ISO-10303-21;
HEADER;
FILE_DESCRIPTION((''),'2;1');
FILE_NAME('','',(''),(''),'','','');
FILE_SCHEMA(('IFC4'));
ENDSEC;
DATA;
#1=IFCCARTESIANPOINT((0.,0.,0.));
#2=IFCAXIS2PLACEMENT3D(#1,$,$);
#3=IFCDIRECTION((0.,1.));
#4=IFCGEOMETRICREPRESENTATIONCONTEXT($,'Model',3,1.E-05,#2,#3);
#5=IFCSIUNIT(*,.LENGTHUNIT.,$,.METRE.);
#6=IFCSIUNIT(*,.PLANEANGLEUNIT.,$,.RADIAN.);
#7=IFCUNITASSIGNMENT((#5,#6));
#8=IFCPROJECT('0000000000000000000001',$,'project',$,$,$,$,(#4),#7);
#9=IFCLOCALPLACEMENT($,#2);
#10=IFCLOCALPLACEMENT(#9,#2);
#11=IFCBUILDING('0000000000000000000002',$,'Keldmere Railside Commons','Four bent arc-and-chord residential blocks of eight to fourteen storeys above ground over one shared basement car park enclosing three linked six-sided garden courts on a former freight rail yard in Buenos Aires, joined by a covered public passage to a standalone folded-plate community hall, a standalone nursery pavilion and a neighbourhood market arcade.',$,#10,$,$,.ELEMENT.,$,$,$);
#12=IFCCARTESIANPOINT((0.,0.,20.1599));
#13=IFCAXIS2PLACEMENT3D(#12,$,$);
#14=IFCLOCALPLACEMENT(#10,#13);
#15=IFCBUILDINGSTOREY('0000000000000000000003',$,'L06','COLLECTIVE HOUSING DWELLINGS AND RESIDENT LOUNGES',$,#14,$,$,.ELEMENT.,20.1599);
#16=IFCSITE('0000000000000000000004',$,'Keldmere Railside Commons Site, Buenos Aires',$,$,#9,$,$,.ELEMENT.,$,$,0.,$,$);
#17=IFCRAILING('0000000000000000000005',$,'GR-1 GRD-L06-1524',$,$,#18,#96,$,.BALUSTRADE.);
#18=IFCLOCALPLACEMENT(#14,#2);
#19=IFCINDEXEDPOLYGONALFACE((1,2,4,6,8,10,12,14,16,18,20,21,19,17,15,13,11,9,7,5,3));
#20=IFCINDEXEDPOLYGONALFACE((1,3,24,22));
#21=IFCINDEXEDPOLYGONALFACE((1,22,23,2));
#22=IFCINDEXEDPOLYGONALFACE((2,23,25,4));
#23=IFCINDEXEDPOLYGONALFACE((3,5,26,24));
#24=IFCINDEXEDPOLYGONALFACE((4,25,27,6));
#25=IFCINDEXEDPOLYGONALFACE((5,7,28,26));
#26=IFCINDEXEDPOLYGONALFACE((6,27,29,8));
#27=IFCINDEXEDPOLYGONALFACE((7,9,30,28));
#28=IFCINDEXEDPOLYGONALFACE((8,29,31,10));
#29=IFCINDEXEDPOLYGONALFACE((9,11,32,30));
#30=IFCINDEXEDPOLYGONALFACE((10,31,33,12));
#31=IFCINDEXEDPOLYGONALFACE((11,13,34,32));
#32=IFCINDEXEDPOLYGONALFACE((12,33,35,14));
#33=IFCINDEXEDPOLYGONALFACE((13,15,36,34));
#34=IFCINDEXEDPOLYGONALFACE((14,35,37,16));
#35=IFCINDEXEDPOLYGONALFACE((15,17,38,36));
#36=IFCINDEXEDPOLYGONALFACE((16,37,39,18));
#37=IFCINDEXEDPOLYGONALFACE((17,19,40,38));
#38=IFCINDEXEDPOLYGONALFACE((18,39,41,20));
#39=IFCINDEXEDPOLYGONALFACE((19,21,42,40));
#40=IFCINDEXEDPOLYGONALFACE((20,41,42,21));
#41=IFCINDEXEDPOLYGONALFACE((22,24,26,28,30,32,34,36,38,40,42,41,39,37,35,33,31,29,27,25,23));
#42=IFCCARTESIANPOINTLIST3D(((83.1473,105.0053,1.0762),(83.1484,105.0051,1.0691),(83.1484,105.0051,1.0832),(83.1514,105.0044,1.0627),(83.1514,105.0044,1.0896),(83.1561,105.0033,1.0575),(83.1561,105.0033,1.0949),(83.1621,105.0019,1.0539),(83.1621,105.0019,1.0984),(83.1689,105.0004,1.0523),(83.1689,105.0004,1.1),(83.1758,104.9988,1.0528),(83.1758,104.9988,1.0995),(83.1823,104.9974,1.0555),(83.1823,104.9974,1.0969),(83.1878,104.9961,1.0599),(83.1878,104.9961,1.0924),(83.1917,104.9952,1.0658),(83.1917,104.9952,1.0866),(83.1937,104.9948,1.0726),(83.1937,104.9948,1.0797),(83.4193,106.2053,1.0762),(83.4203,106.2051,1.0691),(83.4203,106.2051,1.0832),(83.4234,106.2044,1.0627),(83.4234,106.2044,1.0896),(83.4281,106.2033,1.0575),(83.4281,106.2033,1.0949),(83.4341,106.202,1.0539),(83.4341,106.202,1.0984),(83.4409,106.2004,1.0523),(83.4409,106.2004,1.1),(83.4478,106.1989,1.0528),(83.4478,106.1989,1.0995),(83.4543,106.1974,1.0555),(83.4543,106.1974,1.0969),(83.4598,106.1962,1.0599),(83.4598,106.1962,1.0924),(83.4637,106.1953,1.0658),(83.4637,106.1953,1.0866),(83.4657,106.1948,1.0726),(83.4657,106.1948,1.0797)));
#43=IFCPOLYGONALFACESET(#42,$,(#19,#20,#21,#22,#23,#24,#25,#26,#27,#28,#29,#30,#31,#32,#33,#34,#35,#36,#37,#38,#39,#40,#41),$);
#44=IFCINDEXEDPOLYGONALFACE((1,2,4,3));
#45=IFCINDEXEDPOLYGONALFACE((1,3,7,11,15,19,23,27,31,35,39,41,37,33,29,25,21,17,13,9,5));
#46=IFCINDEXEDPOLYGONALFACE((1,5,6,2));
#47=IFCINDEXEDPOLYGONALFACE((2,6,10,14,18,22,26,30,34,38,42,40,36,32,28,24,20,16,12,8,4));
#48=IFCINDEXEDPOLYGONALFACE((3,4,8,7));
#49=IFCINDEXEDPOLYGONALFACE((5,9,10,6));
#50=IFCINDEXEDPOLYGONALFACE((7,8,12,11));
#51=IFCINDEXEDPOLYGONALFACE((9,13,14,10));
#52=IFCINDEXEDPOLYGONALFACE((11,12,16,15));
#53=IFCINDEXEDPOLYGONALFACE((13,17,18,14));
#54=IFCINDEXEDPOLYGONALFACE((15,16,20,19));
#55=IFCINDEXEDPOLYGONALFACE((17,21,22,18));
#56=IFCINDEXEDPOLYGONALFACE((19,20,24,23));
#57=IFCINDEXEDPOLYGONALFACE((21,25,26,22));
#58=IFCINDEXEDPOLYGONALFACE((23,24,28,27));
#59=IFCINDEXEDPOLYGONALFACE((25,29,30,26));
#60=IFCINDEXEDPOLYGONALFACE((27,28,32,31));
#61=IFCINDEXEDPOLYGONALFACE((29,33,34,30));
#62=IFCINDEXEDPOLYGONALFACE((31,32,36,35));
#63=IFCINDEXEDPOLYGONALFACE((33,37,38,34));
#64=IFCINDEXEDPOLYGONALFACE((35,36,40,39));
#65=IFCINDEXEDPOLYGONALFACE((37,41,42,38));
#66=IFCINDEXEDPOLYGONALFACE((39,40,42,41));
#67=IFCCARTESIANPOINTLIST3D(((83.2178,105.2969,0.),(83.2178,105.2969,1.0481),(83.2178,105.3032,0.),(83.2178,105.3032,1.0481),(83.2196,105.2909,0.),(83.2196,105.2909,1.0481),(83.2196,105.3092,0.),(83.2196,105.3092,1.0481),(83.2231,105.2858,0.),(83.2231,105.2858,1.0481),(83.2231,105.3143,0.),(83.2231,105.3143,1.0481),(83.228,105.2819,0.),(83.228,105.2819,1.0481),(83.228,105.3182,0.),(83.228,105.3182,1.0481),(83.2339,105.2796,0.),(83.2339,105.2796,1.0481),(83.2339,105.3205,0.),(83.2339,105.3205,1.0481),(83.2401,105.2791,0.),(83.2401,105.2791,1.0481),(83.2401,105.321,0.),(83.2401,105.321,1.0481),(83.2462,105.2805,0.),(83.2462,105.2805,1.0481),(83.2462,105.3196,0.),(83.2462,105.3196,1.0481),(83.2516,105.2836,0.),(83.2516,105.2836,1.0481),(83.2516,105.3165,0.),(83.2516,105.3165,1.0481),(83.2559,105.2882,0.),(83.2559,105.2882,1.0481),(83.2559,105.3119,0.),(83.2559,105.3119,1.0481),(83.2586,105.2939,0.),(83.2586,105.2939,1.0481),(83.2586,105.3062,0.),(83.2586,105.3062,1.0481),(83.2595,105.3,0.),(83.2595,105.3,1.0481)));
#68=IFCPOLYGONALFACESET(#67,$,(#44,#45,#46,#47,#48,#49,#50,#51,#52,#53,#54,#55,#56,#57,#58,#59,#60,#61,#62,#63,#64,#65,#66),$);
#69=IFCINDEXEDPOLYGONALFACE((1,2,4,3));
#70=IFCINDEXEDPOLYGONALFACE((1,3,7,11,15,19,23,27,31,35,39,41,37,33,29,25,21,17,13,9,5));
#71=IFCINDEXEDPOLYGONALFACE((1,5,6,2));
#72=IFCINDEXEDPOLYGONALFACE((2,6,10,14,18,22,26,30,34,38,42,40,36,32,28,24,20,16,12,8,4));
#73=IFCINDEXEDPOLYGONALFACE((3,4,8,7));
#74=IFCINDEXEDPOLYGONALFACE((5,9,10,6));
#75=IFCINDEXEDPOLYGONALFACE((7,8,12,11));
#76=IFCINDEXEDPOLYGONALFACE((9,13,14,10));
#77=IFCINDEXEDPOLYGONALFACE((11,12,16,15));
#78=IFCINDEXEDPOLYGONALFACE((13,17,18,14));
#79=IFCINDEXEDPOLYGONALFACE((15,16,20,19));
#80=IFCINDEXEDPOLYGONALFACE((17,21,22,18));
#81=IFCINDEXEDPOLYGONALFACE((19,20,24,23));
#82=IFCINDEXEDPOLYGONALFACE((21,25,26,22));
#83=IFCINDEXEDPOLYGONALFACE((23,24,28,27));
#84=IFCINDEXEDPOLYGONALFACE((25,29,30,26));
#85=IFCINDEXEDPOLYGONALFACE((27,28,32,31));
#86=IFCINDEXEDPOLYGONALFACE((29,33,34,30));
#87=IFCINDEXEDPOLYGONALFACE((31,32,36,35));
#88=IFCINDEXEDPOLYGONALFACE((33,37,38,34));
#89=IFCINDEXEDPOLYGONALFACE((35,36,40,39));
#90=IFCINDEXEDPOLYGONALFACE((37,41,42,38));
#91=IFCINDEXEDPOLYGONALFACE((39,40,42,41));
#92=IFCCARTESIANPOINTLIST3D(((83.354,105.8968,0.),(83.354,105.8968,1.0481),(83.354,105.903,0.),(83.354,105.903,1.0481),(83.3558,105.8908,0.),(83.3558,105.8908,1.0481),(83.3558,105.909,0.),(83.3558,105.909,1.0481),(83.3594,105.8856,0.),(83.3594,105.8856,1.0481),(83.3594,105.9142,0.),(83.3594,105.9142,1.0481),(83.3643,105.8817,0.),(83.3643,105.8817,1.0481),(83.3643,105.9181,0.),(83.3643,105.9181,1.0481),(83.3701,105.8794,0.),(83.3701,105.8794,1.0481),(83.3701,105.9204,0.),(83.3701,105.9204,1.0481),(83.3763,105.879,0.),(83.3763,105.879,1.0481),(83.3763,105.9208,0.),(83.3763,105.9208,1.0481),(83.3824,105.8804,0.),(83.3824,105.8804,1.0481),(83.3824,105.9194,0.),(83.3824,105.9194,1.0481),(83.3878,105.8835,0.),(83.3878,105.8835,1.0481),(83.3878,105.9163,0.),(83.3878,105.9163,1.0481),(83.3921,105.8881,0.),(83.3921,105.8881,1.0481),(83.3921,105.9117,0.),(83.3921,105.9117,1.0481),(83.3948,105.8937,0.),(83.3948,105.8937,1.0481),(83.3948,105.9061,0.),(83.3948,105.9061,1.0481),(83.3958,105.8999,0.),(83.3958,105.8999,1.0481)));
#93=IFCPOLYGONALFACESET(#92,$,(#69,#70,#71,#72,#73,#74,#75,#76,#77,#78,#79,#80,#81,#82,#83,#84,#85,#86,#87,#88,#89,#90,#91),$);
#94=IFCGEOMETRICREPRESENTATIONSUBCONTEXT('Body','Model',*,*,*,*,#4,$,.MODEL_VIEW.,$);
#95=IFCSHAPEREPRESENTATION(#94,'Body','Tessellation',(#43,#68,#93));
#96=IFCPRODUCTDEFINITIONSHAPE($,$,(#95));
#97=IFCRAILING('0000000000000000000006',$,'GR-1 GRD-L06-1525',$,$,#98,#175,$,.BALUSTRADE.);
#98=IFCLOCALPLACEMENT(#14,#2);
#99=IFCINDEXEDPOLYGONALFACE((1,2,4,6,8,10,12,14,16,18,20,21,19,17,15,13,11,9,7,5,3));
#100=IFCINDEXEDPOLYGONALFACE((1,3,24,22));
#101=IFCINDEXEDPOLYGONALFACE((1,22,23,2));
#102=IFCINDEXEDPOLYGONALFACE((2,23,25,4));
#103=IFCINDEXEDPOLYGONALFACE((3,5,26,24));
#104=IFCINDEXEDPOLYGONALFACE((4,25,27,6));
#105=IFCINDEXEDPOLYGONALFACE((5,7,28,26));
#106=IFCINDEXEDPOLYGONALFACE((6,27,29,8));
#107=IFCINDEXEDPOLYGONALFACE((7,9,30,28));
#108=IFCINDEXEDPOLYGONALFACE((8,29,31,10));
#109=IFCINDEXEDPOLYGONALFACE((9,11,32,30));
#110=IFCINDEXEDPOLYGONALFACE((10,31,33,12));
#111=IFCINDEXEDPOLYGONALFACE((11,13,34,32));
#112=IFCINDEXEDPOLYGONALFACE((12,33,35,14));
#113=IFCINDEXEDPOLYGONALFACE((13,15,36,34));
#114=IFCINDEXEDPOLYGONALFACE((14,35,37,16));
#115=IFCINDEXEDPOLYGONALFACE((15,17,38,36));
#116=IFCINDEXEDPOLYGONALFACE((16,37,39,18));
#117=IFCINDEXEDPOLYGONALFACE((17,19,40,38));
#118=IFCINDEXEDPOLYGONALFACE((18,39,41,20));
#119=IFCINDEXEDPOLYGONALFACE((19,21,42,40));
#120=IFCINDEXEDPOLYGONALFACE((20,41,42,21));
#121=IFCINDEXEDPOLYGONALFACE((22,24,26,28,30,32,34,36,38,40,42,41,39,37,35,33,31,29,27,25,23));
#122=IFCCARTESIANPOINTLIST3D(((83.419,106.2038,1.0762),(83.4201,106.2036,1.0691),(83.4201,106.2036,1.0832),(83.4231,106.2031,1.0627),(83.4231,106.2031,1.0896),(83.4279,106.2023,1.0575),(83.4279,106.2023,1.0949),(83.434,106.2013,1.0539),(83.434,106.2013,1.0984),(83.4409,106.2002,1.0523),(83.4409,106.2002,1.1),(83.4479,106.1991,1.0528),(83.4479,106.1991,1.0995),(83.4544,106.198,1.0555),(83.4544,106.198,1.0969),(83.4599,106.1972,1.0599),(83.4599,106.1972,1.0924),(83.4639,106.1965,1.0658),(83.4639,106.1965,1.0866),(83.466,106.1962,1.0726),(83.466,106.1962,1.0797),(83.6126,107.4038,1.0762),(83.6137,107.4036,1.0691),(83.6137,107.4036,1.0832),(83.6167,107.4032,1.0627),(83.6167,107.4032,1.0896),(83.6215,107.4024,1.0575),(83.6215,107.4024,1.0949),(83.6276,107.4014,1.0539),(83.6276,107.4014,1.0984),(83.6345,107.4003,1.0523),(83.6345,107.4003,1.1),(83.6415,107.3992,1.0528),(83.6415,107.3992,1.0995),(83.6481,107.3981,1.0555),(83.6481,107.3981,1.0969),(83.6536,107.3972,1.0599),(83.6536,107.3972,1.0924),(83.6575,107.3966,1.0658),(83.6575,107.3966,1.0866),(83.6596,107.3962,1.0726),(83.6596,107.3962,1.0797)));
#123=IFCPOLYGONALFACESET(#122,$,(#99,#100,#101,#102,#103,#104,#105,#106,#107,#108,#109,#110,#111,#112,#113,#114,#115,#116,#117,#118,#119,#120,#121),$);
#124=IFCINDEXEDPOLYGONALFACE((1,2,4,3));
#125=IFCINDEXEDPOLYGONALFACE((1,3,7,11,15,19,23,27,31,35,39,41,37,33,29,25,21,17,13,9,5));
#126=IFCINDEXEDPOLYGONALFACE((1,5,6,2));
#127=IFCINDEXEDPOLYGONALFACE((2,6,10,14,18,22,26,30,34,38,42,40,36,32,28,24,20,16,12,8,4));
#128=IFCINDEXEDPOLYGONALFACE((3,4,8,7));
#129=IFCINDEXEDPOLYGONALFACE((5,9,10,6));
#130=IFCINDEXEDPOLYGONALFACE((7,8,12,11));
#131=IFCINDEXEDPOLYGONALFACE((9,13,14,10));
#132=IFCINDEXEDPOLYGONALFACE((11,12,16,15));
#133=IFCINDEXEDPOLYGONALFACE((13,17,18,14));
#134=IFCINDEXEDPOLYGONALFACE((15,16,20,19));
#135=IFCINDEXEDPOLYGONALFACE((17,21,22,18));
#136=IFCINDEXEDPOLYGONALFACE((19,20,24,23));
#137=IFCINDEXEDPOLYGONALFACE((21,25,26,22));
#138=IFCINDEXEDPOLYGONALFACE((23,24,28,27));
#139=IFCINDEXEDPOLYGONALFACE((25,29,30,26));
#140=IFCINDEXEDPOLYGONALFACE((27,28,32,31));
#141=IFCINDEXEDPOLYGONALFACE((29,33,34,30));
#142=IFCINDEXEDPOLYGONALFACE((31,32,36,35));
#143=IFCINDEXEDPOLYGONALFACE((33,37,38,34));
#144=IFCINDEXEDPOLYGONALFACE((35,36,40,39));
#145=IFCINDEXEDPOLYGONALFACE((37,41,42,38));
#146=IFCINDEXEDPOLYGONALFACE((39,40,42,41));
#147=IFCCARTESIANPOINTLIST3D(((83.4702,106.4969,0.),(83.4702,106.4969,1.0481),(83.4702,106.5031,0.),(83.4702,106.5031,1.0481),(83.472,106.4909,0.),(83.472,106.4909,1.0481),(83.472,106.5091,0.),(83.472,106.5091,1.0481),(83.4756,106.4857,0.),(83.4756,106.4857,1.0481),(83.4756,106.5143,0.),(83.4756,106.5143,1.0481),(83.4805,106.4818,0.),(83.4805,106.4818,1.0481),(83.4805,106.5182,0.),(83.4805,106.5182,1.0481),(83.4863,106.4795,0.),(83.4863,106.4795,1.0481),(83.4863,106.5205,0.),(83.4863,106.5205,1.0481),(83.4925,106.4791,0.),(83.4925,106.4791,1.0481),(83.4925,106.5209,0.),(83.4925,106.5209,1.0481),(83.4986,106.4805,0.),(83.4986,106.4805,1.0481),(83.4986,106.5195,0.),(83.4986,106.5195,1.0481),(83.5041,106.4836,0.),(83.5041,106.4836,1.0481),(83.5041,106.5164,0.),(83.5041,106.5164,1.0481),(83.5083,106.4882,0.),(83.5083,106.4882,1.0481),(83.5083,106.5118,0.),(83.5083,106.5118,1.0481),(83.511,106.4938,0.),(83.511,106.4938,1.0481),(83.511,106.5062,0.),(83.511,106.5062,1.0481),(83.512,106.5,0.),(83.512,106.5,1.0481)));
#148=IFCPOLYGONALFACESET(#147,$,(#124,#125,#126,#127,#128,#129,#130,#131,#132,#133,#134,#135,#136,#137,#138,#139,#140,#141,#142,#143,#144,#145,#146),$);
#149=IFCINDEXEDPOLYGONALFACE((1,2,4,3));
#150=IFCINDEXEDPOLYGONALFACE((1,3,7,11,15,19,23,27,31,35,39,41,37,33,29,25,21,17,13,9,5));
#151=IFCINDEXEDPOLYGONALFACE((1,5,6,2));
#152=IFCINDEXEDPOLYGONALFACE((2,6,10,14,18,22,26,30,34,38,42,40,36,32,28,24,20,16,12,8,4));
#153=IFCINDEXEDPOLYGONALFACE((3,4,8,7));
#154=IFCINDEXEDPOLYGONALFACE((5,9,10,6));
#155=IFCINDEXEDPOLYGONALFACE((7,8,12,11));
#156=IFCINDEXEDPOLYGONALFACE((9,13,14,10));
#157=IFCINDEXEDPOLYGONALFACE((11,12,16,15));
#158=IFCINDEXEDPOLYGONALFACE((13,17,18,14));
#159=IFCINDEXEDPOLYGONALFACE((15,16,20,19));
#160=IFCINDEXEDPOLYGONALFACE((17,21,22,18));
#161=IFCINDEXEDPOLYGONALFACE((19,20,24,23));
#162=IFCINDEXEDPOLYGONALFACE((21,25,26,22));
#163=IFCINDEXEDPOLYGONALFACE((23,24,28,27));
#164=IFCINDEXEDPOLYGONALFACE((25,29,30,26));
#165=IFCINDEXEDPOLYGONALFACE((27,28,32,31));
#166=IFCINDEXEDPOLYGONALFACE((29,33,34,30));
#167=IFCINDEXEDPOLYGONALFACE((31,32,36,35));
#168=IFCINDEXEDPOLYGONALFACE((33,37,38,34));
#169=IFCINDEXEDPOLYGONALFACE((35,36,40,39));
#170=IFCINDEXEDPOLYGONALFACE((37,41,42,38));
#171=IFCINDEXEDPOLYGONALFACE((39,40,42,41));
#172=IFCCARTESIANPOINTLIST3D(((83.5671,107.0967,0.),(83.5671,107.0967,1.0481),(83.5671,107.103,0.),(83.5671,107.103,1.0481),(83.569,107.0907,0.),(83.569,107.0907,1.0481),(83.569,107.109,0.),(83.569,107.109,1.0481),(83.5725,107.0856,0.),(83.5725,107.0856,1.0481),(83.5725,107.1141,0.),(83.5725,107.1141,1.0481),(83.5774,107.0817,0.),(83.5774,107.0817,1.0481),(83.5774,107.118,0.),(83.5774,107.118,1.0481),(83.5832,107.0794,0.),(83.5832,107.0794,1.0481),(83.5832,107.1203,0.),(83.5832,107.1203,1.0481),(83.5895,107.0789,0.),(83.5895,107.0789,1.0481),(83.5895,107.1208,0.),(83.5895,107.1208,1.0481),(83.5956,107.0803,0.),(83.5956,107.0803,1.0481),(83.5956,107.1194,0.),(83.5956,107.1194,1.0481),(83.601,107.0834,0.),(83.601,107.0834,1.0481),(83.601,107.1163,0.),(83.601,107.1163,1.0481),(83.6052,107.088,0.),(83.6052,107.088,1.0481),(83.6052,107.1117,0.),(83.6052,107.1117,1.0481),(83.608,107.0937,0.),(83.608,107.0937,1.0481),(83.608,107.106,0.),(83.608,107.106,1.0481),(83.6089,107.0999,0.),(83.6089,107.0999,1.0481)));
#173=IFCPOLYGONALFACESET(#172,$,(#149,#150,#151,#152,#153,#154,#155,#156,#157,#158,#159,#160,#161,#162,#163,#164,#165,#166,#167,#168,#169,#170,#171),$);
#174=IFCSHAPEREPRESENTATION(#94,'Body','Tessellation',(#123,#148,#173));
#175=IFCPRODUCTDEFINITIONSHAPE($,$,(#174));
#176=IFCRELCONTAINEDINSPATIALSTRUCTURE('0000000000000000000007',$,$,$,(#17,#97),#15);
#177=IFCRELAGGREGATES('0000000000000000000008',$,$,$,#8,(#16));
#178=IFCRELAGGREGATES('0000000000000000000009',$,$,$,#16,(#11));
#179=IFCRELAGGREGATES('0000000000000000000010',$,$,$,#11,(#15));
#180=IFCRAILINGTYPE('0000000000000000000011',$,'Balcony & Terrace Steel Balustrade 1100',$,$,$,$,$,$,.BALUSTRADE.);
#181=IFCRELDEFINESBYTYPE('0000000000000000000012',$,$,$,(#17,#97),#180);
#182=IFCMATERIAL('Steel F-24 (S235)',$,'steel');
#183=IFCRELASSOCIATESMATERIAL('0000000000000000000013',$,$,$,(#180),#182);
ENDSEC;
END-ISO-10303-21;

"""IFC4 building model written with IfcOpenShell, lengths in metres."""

from ifc_helpers import new_model, si_unit, direction, frame, origin, origin_2d, place, context, subcontext, project, spatial, circle, extrude, material, type_object, element, save


model = new_model("IFC4")

# Units and contexts
model_context = context("Model", 3, precision=1e-05, world=origin(), true_north=direction((0.0, 1.0)))
body_context = subcontext(model_context, "Body", "Model", "MODEL_VIEW")
ifc_project = project(units=[si_unit("LENGTHUNIT", "METRE"), si_unit("PLANEANGLEUNIT", "RADIAN")], contexts=[model_context])

# Site, building, storey
site_placement = place(None, origin())
site = spatial("IfcSite", under=ifc_project, at=site_placement, Name="Keldmere Railside Commons Site, Buenos Aires", CompositionType="ELEMENT", RefElevation=0.0)
building_placement = place(site_placement, origin())
building = spatial("IfcBuilding", under=site, at=building_placement, Name="Keldmere Railside Commons", Description="Four bent arc-and-chord residential blocks of eight to fourteen storeys above ground over one shared basement car park enclosing three linked six-sided garden courts on a former freight rail yard in Buenos Aires, joined by a covered public passage to a standalone folded-plate community hall, a standalone nursery pavilion and a neighbourhood market arcade.", CompositionType="ELEMENT")
storey_placement = place(building_placement, frame((0.0, 0.0, 20.1599)))
storey = spatial("IfcBuildingStorey", under=building, at=storey_placement, Name="L06", Description="COLLECTIVE HOUSING DWELLINGS AND RESIDENT LOUNGES", CompositionType="ELEMENT", Elevation=20.1599)

# Railings
ifc_material_1 = material(Name="Steel F-24 (S235)", Category="steel")
railing_type = type_object("IfcRailingType", Name="Balcony & Terrace Steel Balustrade 1100", PredefinedType="BALUSTRADE", material=ifc_material_1)
railing_1_placement = place(storey_placement, frame((83.1707, 105.0, 0.0)))
element("IfcRailing", 1, at=railing_1_placement, inside=storey, type_object=railing_type, Name="GR-1 GRD-L06-1524", PredefinedType="BALUSTRADE", context=body_context, shape_type="SweptSolid", body=[
    extrude(circle(Radius=0.0239, at=origin_2d()), frame((0.0, 0.0, 1.0762), z_axis=(0.221046, 0.975263, 0.0), x_axis=(-0.975263, 0.221046, 0.0)), (0.0, 0.0, 1.0), 1.2305),
    extrude(circle(Radius=0.021, at=origin_2d()), frame((0.0679, 0.3, 0.0)), (0.0, 0.0, 1.0), 1.0481),
    extrude(circle(Radius=0.021, at=origin_2d()), frame((0.2041, 0.8999, 0.0)), (0.0, 0.0, 1.0), 1.0481),
])
railing_2_placement = place(storey_placement, frame((83.4426, 106.2, 0.0)))
element("IfcRailing", 2, at=railing_2_placement, inside=storey, type_object=railing_type, Name="GR-1 GRD-L06-1525", PredefinedType="BALUSTRADE", context=body_context, shape_type="SweptSolid", body=[
    extrude(circle(Radius=0.0239, at=origin_2d()), frame((0.0, 0.0, 1.0762), z_axis=(0.159283, 0.987233, 0.0), x_axis=(-0.987233, 0.159283, 0.0)), (0.0, 0.0, 1.0), 1.2156),
    extrude(circle(Radius=0.021, at=origin_2d()), frame((0.0483, 0.3, 0.0)), (0.0, 0.0, 1.0), 1.0481),
    extrude(circle(Radius=0.021, at=origin_2d()), frame((0.1453, 0.8999, 0.0)), (0.0, 0.0, 1.0), 1.0481),
])

save(model, "model.ifc")
